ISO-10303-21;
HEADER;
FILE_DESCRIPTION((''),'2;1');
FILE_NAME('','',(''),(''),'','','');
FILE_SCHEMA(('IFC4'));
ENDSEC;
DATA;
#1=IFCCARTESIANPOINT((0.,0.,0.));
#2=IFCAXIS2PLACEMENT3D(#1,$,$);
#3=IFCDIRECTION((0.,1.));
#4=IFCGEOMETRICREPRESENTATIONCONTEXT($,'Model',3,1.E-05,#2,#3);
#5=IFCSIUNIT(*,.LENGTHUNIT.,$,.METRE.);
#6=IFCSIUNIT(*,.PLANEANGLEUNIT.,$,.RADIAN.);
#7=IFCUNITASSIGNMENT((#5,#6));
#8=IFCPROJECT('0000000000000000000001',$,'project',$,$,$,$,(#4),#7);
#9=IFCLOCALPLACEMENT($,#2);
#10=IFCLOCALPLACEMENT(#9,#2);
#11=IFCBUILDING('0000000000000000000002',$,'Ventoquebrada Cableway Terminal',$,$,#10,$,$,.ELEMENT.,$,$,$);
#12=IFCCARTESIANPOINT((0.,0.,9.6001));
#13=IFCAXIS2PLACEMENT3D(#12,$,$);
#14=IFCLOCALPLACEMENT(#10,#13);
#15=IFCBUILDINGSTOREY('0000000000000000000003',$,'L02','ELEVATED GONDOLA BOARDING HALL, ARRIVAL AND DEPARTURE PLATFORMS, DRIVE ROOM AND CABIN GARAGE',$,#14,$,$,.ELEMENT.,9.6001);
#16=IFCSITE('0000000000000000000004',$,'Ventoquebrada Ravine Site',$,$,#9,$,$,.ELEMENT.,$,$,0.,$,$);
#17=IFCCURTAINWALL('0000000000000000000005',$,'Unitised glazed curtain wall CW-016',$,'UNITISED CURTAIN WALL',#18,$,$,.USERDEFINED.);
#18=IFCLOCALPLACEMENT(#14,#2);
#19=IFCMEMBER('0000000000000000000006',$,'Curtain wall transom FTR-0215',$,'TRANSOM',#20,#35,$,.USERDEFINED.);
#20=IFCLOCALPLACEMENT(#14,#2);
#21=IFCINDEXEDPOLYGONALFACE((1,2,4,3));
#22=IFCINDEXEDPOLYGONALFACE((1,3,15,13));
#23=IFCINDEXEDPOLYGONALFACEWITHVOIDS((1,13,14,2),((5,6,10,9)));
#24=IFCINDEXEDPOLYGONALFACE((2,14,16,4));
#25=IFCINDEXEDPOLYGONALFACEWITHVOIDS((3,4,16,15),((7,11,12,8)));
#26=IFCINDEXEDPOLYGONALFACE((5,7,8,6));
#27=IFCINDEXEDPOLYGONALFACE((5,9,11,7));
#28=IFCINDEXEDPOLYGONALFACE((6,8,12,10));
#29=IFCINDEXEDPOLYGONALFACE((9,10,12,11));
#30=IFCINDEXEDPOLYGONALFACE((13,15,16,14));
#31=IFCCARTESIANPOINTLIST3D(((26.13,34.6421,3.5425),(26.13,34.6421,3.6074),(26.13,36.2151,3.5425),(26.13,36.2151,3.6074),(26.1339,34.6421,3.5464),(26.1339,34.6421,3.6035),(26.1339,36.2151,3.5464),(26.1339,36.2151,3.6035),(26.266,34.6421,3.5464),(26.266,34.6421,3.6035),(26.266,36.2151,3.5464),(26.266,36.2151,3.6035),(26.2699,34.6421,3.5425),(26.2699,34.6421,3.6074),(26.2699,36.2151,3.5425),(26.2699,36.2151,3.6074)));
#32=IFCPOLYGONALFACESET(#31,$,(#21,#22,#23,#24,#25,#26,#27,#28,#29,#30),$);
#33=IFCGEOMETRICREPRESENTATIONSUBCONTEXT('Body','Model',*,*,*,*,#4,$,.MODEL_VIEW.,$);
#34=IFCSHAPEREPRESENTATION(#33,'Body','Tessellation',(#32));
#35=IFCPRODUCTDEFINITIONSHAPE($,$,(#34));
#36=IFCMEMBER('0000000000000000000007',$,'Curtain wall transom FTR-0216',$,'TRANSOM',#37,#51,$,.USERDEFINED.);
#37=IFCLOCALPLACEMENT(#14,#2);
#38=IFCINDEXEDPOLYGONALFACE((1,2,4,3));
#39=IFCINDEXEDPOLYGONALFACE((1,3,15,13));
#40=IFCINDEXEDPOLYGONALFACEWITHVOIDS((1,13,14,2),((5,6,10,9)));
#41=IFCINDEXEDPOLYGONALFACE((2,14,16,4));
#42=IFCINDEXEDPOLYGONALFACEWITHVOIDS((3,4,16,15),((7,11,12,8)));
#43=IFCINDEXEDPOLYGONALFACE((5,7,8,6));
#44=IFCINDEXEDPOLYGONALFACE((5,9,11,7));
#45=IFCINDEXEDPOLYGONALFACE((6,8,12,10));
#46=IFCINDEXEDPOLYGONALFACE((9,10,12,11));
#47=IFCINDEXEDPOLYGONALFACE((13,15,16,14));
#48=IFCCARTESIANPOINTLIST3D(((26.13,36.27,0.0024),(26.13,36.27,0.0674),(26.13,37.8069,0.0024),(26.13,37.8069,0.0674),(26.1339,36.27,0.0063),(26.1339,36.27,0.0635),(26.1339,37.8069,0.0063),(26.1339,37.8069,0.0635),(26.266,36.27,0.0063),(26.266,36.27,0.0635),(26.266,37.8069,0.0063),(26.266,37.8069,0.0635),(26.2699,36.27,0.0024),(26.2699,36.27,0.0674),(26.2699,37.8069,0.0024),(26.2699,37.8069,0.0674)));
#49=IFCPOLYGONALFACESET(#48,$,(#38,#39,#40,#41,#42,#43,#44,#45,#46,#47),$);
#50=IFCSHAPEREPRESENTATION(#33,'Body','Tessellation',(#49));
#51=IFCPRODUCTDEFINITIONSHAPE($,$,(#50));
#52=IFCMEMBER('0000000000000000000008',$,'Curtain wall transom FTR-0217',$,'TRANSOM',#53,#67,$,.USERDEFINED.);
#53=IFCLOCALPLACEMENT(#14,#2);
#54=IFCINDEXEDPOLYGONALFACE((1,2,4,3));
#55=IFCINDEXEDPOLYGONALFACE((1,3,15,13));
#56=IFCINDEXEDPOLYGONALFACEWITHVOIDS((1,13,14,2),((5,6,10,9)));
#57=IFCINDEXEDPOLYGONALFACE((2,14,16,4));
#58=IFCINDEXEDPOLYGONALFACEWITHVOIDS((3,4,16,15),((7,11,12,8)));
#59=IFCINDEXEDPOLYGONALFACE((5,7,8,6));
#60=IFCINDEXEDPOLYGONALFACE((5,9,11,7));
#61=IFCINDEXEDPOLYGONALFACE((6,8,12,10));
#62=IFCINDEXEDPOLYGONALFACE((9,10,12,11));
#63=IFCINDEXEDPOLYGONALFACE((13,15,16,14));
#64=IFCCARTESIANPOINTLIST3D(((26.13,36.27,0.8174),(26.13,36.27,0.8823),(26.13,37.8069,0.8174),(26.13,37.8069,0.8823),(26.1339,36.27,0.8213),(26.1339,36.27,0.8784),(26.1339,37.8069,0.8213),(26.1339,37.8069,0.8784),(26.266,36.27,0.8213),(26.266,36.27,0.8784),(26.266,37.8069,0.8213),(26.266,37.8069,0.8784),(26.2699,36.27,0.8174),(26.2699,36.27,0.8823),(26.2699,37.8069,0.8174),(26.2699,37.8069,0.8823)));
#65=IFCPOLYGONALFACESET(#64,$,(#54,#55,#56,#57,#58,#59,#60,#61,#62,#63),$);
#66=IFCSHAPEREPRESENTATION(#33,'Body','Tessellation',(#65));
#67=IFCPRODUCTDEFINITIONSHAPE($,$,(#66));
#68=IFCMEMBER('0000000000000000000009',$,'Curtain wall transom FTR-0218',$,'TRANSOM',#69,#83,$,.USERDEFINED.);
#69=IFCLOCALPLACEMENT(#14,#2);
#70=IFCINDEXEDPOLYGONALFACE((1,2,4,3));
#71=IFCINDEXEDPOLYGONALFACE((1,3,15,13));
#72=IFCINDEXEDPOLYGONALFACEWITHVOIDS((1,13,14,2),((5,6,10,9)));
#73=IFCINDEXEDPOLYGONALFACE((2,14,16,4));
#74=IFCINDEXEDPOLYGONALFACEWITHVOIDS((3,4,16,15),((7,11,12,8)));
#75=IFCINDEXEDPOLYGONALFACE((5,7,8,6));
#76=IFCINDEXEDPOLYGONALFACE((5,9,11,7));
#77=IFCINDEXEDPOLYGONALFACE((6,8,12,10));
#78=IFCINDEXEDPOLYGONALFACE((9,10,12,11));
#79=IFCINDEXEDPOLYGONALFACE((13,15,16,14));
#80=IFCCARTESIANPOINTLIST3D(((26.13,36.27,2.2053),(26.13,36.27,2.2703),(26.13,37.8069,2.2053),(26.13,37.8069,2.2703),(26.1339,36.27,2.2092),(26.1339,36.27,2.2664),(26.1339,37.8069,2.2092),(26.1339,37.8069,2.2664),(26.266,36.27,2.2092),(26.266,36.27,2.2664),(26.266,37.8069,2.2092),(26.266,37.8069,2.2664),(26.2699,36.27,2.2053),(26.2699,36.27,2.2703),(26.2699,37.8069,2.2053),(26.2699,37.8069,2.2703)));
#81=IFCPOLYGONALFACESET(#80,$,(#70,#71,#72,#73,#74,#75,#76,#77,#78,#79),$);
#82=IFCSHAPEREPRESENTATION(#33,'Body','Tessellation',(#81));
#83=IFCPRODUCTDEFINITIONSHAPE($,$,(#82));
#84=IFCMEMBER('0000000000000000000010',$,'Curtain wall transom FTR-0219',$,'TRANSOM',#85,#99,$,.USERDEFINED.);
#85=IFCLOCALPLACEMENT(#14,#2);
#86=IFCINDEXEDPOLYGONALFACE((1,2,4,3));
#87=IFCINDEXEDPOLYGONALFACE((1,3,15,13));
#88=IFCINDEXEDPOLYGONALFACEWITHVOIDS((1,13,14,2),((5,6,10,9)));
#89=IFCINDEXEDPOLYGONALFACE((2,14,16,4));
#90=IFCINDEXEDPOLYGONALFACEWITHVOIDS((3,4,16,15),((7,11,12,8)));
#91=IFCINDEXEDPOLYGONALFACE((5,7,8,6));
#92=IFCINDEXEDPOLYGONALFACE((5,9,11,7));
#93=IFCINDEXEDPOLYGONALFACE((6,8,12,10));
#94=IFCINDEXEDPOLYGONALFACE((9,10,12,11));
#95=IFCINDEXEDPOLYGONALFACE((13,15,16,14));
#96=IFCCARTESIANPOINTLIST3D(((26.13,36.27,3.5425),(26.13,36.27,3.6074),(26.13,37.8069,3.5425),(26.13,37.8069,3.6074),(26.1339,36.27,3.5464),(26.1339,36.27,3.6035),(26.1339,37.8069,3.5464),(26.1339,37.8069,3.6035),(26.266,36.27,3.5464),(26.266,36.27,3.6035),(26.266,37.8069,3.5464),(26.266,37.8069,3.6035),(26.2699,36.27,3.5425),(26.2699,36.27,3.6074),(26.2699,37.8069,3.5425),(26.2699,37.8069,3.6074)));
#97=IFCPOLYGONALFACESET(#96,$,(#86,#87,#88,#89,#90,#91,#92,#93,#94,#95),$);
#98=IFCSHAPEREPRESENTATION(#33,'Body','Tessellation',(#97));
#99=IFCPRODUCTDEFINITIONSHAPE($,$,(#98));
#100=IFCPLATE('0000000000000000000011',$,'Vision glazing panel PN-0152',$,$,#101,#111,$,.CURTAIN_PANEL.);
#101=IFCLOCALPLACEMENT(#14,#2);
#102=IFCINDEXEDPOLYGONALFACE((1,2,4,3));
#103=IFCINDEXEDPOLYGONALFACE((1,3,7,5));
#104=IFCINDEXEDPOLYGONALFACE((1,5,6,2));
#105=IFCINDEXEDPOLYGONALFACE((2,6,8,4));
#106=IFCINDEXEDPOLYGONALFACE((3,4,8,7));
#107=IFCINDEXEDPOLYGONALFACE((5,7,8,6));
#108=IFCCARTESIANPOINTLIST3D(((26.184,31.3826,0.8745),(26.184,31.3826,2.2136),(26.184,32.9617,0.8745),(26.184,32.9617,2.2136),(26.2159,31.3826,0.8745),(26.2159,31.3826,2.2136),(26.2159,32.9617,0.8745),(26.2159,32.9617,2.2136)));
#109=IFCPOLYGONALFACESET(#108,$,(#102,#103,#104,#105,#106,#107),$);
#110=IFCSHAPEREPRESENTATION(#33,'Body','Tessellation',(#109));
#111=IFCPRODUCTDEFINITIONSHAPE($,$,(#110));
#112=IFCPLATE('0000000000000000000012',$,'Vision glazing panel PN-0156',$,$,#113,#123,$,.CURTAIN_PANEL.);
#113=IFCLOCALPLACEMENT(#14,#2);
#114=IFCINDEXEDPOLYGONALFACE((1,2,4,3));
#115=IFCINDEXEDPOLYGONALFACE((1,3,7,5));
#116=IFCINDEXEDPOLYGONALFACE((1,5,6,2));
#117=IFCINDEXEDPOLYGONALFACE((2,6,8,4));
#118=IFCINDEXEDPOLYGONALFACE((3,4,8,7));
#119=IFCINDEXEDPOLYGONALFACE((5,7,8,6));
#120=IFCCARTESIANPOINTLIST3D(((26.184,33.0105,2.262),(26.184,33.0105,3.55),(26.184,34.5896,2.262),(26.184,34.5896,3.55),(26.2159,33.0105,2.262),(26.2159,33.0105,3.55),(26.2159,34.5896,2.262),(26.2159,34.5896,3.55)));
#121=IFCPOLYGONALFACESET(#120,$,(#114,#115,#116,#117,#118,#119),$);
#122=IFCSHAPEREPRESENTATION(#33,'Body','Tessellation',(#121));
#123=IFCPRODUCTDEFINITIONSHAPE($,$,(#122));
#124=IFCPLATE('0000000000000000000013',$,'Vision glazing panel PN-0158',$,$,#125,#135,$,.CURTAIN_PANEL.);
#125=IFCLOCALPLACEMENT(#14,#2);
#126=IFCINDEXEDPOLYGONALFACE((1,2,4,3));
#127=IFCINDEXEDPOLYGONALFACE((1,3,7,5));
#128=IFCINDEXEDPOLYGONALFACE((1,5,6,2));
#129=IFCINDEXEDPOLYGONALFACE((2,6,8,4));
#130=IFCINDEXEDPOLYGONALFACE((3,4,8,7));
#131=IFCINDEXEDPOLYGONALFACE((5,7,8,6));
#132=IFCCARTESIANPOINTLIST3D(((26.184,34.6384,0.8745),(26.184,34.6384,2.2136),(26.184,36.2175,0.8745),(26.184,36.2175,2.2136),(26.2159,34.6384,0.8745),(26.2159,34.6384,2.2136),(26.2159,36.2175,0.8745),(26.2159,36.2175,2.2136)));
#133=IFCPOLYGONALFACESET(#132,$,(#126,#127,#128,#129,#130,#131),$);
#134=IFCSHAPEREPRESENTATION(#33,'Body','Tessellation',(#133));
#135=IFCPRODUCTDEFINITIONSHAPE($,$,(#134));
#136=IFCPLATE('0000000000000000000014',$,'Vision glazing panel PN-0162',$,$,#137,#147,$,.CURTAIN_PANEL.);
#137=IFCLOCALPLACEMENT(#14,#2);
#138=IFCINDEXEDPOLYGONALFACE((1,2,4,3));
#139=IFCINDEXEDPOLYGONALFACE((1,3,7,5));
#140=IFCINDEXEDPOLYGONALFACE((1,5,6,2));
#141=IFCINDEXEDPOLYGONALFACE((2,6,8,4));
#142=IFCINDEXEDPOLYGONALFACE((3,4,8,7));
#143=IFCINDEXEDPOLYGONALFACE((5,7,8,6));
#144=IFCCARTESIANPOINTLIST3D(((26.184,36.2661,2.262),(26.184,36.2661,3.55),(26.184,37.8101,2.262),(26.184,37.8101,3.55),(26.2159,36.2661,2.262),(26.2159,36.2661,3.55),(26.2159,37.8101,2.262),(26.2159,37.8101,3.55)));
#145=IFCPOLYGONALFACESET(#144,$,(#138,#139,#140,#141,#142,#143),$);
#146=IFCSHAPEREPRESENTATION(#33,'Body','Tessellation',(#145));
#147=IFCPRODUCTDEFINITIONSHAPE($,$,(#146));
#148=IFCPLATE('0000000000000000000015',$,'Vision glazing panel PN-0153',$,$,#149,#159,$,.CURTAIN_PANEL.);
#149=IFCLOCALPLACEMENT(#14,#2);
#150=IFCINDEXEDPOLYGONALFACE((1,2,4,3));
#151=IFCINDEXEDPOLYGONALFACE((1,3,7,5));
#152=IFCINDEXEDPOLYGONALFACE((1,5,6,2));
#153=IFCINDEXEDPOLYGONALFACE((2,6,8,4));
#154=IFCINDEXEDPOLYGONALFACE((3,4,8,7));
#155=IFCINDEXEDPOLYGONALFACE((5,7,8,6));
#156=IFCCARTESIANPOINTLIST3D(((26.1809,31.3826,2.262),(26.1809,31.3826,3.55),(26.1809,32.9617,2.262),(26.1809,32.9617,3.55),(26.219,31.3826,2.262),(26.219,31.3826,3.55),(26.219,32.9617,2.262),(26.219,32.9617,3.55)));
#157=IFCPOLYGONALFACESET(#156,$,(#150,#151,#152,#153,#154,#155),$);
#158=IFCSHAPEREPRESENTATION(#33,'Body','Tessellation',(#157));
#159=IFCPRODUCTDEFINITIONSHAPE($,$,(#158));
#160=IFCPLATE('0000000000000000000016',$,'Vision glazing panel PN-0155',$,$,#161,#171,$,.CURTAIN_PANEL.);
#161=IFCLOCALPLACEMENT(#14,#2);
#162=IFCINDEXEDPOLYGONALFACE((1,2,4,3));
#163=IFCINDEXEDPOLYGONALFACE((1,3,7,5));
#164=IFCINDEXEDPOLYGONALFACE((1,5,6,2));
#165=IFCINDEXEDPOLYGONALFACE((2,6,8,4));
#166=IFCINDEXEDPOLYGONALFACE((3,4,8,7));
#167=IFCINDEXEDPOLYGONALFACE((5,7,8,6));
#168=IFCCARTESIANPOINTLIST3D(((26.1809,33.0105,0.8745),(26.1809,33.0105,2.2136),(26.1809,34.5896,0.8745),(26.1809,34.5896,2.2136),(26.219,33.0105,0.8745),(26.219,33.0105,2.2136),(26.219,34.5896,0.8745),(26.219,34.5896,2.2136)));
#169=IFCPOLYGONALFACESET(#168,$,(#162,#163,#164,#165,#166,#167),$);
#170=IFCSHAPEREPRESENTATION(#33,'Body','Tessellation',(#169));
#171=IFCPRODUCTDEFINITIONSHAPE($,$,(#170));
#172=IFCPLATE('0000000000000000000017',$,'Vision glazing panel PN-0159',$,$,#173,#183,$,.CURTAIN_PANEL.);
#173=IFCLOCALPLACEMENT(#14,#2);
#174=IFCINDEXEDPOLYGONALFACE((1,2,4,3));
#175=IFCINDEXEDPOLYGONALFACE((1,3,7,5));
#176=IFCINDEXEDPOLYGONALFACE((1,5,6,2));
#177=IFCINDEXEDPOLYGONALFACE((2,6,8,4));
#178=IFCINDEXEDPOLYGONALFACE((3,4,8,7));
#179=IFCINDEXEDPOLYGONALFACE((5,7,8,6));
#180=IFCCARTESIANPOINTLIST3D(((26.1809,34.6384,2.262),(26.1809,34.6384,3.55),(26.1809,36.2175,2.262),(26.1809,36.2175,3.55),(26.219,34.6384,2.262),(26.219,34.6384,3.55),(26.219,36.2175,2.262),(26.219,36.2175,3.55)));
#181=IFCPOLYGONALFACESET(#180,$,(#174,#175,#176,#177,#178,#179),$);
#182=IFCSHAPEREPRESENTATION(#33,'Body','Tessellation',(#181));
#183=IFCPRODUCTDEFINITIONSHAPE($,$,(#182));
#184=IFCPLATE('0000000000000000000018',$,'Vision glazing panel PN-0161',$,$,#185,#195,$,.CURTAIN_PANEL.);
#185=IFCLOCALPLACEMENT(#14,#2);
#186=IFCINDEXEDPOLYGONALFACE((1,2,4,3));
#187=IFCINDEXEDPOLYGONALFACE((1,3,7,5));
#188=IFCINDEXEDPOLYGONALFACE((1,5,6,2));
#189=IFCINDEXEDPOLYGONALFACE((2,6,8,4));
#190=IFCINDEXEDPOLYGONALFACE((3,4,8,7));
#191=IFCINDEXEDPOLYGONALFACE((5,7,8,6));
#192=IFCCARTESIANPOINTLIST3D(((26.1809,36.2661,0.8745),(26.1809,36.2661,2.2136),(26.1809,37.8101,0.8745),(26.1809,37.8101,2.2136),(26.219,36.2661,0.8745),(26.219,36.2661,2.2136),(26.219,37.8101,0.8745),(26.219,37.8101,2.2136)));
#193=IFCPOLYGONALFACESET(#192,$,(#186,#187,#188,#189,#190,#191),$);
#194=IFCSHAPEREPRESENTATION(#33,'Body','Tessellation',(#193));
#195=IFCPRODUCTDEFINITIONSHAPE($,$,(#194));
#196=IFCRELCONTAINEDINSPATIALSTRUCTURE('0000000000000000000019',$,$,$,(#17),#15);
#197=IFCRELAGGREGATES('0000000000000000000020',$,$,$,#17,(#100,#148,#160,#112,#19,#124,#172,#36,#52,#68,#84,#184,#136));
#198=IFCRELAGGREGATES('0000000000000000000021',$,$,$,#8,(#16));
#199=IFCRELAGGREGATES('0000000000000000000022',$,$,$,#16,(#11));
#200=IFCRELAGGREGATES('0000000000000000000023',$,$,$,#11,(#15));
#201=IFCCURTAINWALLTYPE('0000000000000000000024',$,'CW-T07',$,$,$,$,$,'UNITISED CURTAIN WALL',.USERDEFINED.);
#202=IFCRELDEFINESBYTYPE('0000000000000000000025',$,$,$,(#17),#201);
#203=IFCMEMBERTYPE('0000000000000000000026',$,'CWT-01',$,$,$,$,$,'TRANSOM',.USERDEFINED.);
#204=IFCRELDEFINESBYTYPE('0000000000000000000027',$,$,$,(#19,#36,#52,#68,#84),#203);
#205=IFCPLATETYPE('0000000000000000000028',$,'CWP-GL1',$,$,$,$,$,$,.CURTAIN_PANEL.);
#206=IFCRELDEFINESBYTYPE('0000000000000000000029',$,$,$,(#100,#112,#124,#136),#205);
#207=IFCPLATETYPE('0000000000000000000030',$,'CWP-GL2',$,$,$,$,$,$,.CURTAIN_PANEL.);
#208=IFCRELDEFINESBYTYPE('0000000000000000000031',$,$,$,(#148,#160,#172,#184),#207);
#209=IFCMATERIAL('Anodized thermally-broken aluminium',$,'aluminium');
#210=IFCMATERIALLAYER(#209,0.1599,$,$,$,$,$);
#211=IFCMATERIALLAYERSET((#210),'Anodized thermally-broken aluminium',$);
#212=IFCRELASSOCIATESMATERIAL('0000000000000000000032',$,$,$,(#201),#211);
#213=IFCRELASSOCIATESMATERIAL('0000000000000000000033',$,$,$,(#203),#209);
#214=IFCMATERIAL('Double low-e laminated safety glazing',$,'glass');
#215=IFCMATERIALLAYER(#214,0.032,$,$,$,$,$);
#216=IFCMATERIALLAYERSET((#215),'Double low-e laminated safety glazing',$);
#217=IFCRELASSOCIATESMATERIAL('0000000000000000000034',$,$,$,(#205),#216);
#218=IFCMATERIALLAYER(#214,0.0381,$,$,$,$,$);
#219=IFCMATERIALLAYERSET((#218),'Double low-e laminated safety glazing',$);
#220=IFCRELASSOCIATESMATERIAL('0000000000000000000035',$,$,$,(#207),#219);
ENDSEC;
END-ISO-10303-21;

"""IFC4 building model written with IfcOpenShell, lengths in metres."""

from ifc_helpers import new_model, si_unit, direction, frame, origin, origin_2d, place, context, subcontext, project, spatial, rectangle, hollow_rectangle, extrude, material, layer, layer_set, material_profile, profile_set, type_object, element, aggregate, save


model = new_model("IFC4")

# Units and contexts
model_context = context("Model", 3, precision=1e-05, world=origin(), true_north=direction((0.0, 1.0)))
body_context = subcontext(model_context, "Body", "Model", "MODEL_VIEW")
ifc_project = project(units=[si_unit("LENGTHUNIT", "METRE"), si_unit("PLANEANGLEUNIT", "RADIAN")], contexts=[model_context])

# Site, building, storey
site_placement = place(None, origin())
site = spatial("IfcSite", under=ifc_project, at=site_placement, Name="Ventoquebrada Ravine Site", CompositionType="ELEMENT", RefElevation=0.0)
building_placement = place(site_placement, origin())
building = spatial("IfcBuilding", under=site, at=building_placement, Name="Ventoquebrada Cableway Terminal", CompositionType="ELEMENT")
storey_placement = place(building_placement, frame((0.0, 0.0, 9.6001)))
storey = spatial("IfcBuildingStorey", under=building, at=storey_placement, Name="L02", Description="ELEVATED GONDOLA BOARDING HALL, ARRIVAL AND DEPARTURE PLATFORMS, DRIVE ROOM AND CABIN GARAGE", CompositionType="ELEMENT", Elevation=9.6001)

# Curtain wall, members, plates
ifc_material_1 = material(Name="Anodized thermally-broken aluminium", Category="aluminium")
ifc_layer_1 = layer(ifc_material_1, 0.1599)
ifc_layer_set_1 = layer_set([ifc_layer_1], Name="Anodized thermally-broken aluminium")
curtain_wall_type = type_object("IfcCurtainWallType", Name="CW-T07", ElementType="UNITISED CURTAIN WALL", PredefinedType="USERDEFINED", material=ifc_layer_set_1)
curtain_wall_placement = place(storey_placement, origin())
curtain_wall = element("IfcCurtainWall", 1, at=curtain_wall_placement, inside=storey, type_object=curtain_wall_type, Name="Unitised glazed curtain wall CW-016", ObjectType="UNITISED CURTAIN WALL", PredefinedType="USERDEFINED")
ifc_material_profile_1 = material_profile(ifc_material_1, hollow_rectangle(XDim=0.0649, YDim=0.1399, WallThickness=0.0039, at=origin_2d()), Name="CW-TRN-65X140")
ifc_profile_set_1 = profile_set([ifc_material_profile_1], Name="Anodized thermally-broken aluminium")
member_type_1 = type_object("IfcMemberType", Name="CWT-01", ElementType="TRANSOM", PredefinedType="USERDEFINED", material=ifc_profile_set_1)
member_1_placement = place(storey_placement, frame((26.2, 34.6421, 3.575), z_axis=(0.0, 1.0, 0.0), x_axis=(0.0, 0.0, 1.0)))
member_1 = element("IfcMember", 2, at=member_1_placement, type_object=member_type_1, Name="Curtain wall transom FTR-0215", ObjectType="TRANSOM", PredefinedType="USERDEFINED", context=body_context, shape_type="SweptSolid", body=[
    extrude(hollow_rectangle(XDim=0.0649, YDim=0.1399, WallThickness=0.0039, at=origin_2d()), origin(), (0.0, 0.0, 1.0), 1.573),
])
member_2_placement = place(storey_placement, frame((26.2, 36.27, 0.0349), z_axis=(0.0, 1.0, 0.0), x_axis=(0.0, 0.0, 1.0)))
member_2 = element("IfcMember", 3, at=member_2_placement, type_object=member_type_1, Name="Curtain wall transom FTR-0216", ObjectType="TRANSOM", PredefinedType="USERDEFINED", context=body_context, shape_type="SweptSolid", body=[
    extrude(hollow_rectangle(XDim=0.0649, YDim=0.1399, WallThickness=0.0039, at=origin_2d()), origin(), (0.0, 0.0, 1.0), 1.5369),
])
member_3_placement = place(storey_placement, frame((26.2, 36.27, 0.8499), z_axis=(0.0, 1.0, 0.0), x_axis=(0.0, 0.0, 1.0)))
member_3 = element("IfcMember", 4, at=member_3_placement, type_object=member_type_1, Name="Curtain wall transom FTR-0217", ObjectType="TRANSOM", PredefinedType="USERDEFINED", context=body_context, shape_type="SweptSolid", body=[
    extrude(hollow_rectangle(XDim=0.0649, YDim=0.1399, WallThickness=0.0039, at=origin_2d()), origin(), (0.0, 0.0, 1.0), 1.5369),
])
member_4_placement = place(storey_placement, frame((26.2, 36.27, 2.2378), z_axis=(0.0, 1.0, 0.0), x_axis=(0.0, 0.0, 1.0)))
member_4 = element("IfcMember", 5, at=member_4_placement, type_object=member_type_1, Name="Curtain wall transom FTR-0218", ObjectType="TRANSOM", PredefinedType="USERDEFINED", context=body_context, shape_type="SweptSolid", body=[
    extrude(hollow_rectangle(XDim=0.0649, YDim=0.1399, WallThickness=0.0039, at=origin_2d()), origin(), (0.0, 0.0, 1.0), 1.5369),
])
member_5_placement = place(storey_placement, frame((26.2, 36.27, 3.575), z_axis=(0.0, 1.0, 0.0), x_axis=(0.0, 0.0, 1.0)))
member_5 = element("IfcMember", 6, at=member_5_placement, type_object=member_type_1, Name="Curtain wall transom FTR-0219", ObjectType="TRANSOM", PredefinedType="USERDEFINED", context=body_context, shape_type="SweptSolid", body=[
    extrude(hollow_rectangle(XDim=0.0649, YDim=0.1399, WallThickness=0.0039, at=origin_2d()), origin(), (0.0, 0.0, 1.0), 1.5369),
])
ifc_material_2 = material(Name="Double low-e laminated safety glazing", Category="glass")
ifc_layer_2 = layer(ifc_material_2, 0.032)
ifc_layer_set_2 = layer_set([ifc_layer_2], Name="Double low-e laminated safety glazing")
plate_type_1 = type_object("IfcPlateType", Name="CWP-GL1", PredefinedType="CURTAIN_PANEL", material=ifc_layer_set_2)
plate_1_placement = place(storey_placement, frame((26.2, 32.1721, 0.8745), z_axis=(0.0, 0.0, 1.0), x_axis=(0.0, 1.0, 0.0)))
plate_1 = element("IfcPlate", 7, at=plate_1_placement, type_object=plate_type_1, Name="Vision glazing panel PN-0152", PredefinedType="CURTAIN_PANEL", context=body_context, shape_type="SweptSolid", body=[
    extrude(rectangle(XDim=1.5791, YDim=0.032, at=origin_2d()), origin(), (0.0, 0.0, 1.0), 1.3391),
])
plate_2_placement = place(storey_placement, frame((26.2, 33.8, 2.262), z_axis=(0.0, 0.0, 1.0), x_axis=(0.0, 1.0, 0.0)))
plate_2 = element("IfcPlate", 8, at=plate_2_placement, type_object=plate_type_1, Name="Vision glazing panel PN-0156", PredefinedType="CURTAIN_PANEL", context=body_context, shape_type="SweptSolid", body=[
    extrude(rectangle(XDim=1.5791, YDim=0.032, at=origin_2d()), origin(), (0.0, 0.0, 1.0), 1.2881),
])
plate_3_placement = place(storey_placement, frame((26.2, 35.428, 0.8745), z_axis=(0.0, 0.0, 1.0), x_axis=(0.0, 1.0, 0.0)))
plate_3 = element("IfcPlate", 9, at=plate_3_placement, type_object=plate_type_1, Name="Vision glazing panel PN-0158", PredefinedType="CURTAIN_PANEL", context=body_context, shape_type="SweptSolid", body=[
    extrude(rectangle(XDim=1.5791, YDim=0.032, at=origin_2d()), origin(), (0.0, 0.0, 1.0), 1.3391),
])
plate_4_placement = place(storey_placement, frame((26.2, 37.0381, 2.262), z_axis=(0.0, 0.0, 1.0), x_axis=(0.0, 1.0, 0.0)))
plate_4 = element("IfcPlate", 10, at=plate_4_placement, type_object=plate_type_1, Name="Vision glazing panel PN-0162", PredefinedType="CURTAIN_PANEL", context=body_context, shape_type="SweptSolid", body=[
    extrude(rectangle(XDim=1.5439, YDim=0.032, at=origin_2d()), origin(), (0.0, 0.0, 1.0), 1.2881),
])
ifc_layer_3 = layer(ifc_material_2, 0.0381)
ifc_layer_set_3 = layer_set([ifc_layer_3], Name="Double low-e laminated safety glazing")
plate_type_2 = type_object("IfcPlateType", Name="CWP-GL2", PredefinedType="CURTAIN_PANEL", material=ifc_layer_set_3)
plate_5_placement = place(storey_placement, frame((26.2, 32.1721, 2.262), z_axis=(0.0, 0.0, 1.0), x_axis=(0.0, 1.0, 0.0)))
plate_5 = element("IfcPlate", 11, at=plate_5_placement, type_object=plate_type_2, Name="Vision glazing panel PN-0153", PredefinedType="CURTAIN_PANEL", context=body_context, shape_type="SweptSolid", body=[
    extrude(rectangle(XDim=1.5791, YDim=0.0381, at=origin_2d()), origin(), (0.0, 0.0, 1.0), 1.2881),
])
plate_6_placement = place(storey_placement, frame((26.2, 33.8, 0.8745), z_axis=(0.0, 0.0, 1.0), x_axis=(0.0, 1.0, 0.0)))
plate_6 = element("IfcPlate", 12, at=plate_6_placement, type_object=plate_type_2, Name="Vision glazing panel PN-0155", PredefinedType="CURTAIN_PANEL", context=body_context, shape_type="SweptSolid", body=[
    extrude(rectangle(XDim=1.5791, YDim=0.0381, at=origin_2d()), origin(), (0.0, 0.0, 1.0), 1.3391),
])
plate_7_placement = place(storey_placement, frame((26.2, 35.428, 2.262), z_axis=(0.0, 0.0, 1.0), x_axis=(0.0, 1.0, 0.0)))
plate_7 = element("IfcPlate", 13, at=plate_7_placement, type_object=plate_type_2, Name="Vision glazing panel PN-0159", PredefinedType="CURTAIN_PANEL", context=body_context, shape_type="SweptSolid", body=[
    extrude(rectangle(XDim=1.5791, YDim=0.0381, at=origin_2d()), origin(), (0.0, 0.0, 1.0), 1.2881),
])
plate_8_placement = place(storey_placement, frame((26.2, 37.0381, 0.8745), z_axis=(0.0, 0.0, 1.0), x_axis=(0.0, 1.0, 0.0)))
plate_8 = element("IfcPlate", 14, at=plate_8_placement, type_object=plate_type_2, Name="Vision glazing panel PN-0161", PredefinedType="CURTAIN_PANEL", context=body_context, shape_type="SweptSolid", body=[
    extrude(rectangle(XDim=1.5439, YDim=0.0381, at=origin_2d()), origin(), (0.0, 0.0, 1.0), 1.3391),
])
aggregate(curtain_wall, [plate_1, plate_5, plate_6, plate_2, member_1, plate_3, plate_7, member_2, member_3, member_4, member_5, plate_8, plate_4])

save(model, "model.ifc")
